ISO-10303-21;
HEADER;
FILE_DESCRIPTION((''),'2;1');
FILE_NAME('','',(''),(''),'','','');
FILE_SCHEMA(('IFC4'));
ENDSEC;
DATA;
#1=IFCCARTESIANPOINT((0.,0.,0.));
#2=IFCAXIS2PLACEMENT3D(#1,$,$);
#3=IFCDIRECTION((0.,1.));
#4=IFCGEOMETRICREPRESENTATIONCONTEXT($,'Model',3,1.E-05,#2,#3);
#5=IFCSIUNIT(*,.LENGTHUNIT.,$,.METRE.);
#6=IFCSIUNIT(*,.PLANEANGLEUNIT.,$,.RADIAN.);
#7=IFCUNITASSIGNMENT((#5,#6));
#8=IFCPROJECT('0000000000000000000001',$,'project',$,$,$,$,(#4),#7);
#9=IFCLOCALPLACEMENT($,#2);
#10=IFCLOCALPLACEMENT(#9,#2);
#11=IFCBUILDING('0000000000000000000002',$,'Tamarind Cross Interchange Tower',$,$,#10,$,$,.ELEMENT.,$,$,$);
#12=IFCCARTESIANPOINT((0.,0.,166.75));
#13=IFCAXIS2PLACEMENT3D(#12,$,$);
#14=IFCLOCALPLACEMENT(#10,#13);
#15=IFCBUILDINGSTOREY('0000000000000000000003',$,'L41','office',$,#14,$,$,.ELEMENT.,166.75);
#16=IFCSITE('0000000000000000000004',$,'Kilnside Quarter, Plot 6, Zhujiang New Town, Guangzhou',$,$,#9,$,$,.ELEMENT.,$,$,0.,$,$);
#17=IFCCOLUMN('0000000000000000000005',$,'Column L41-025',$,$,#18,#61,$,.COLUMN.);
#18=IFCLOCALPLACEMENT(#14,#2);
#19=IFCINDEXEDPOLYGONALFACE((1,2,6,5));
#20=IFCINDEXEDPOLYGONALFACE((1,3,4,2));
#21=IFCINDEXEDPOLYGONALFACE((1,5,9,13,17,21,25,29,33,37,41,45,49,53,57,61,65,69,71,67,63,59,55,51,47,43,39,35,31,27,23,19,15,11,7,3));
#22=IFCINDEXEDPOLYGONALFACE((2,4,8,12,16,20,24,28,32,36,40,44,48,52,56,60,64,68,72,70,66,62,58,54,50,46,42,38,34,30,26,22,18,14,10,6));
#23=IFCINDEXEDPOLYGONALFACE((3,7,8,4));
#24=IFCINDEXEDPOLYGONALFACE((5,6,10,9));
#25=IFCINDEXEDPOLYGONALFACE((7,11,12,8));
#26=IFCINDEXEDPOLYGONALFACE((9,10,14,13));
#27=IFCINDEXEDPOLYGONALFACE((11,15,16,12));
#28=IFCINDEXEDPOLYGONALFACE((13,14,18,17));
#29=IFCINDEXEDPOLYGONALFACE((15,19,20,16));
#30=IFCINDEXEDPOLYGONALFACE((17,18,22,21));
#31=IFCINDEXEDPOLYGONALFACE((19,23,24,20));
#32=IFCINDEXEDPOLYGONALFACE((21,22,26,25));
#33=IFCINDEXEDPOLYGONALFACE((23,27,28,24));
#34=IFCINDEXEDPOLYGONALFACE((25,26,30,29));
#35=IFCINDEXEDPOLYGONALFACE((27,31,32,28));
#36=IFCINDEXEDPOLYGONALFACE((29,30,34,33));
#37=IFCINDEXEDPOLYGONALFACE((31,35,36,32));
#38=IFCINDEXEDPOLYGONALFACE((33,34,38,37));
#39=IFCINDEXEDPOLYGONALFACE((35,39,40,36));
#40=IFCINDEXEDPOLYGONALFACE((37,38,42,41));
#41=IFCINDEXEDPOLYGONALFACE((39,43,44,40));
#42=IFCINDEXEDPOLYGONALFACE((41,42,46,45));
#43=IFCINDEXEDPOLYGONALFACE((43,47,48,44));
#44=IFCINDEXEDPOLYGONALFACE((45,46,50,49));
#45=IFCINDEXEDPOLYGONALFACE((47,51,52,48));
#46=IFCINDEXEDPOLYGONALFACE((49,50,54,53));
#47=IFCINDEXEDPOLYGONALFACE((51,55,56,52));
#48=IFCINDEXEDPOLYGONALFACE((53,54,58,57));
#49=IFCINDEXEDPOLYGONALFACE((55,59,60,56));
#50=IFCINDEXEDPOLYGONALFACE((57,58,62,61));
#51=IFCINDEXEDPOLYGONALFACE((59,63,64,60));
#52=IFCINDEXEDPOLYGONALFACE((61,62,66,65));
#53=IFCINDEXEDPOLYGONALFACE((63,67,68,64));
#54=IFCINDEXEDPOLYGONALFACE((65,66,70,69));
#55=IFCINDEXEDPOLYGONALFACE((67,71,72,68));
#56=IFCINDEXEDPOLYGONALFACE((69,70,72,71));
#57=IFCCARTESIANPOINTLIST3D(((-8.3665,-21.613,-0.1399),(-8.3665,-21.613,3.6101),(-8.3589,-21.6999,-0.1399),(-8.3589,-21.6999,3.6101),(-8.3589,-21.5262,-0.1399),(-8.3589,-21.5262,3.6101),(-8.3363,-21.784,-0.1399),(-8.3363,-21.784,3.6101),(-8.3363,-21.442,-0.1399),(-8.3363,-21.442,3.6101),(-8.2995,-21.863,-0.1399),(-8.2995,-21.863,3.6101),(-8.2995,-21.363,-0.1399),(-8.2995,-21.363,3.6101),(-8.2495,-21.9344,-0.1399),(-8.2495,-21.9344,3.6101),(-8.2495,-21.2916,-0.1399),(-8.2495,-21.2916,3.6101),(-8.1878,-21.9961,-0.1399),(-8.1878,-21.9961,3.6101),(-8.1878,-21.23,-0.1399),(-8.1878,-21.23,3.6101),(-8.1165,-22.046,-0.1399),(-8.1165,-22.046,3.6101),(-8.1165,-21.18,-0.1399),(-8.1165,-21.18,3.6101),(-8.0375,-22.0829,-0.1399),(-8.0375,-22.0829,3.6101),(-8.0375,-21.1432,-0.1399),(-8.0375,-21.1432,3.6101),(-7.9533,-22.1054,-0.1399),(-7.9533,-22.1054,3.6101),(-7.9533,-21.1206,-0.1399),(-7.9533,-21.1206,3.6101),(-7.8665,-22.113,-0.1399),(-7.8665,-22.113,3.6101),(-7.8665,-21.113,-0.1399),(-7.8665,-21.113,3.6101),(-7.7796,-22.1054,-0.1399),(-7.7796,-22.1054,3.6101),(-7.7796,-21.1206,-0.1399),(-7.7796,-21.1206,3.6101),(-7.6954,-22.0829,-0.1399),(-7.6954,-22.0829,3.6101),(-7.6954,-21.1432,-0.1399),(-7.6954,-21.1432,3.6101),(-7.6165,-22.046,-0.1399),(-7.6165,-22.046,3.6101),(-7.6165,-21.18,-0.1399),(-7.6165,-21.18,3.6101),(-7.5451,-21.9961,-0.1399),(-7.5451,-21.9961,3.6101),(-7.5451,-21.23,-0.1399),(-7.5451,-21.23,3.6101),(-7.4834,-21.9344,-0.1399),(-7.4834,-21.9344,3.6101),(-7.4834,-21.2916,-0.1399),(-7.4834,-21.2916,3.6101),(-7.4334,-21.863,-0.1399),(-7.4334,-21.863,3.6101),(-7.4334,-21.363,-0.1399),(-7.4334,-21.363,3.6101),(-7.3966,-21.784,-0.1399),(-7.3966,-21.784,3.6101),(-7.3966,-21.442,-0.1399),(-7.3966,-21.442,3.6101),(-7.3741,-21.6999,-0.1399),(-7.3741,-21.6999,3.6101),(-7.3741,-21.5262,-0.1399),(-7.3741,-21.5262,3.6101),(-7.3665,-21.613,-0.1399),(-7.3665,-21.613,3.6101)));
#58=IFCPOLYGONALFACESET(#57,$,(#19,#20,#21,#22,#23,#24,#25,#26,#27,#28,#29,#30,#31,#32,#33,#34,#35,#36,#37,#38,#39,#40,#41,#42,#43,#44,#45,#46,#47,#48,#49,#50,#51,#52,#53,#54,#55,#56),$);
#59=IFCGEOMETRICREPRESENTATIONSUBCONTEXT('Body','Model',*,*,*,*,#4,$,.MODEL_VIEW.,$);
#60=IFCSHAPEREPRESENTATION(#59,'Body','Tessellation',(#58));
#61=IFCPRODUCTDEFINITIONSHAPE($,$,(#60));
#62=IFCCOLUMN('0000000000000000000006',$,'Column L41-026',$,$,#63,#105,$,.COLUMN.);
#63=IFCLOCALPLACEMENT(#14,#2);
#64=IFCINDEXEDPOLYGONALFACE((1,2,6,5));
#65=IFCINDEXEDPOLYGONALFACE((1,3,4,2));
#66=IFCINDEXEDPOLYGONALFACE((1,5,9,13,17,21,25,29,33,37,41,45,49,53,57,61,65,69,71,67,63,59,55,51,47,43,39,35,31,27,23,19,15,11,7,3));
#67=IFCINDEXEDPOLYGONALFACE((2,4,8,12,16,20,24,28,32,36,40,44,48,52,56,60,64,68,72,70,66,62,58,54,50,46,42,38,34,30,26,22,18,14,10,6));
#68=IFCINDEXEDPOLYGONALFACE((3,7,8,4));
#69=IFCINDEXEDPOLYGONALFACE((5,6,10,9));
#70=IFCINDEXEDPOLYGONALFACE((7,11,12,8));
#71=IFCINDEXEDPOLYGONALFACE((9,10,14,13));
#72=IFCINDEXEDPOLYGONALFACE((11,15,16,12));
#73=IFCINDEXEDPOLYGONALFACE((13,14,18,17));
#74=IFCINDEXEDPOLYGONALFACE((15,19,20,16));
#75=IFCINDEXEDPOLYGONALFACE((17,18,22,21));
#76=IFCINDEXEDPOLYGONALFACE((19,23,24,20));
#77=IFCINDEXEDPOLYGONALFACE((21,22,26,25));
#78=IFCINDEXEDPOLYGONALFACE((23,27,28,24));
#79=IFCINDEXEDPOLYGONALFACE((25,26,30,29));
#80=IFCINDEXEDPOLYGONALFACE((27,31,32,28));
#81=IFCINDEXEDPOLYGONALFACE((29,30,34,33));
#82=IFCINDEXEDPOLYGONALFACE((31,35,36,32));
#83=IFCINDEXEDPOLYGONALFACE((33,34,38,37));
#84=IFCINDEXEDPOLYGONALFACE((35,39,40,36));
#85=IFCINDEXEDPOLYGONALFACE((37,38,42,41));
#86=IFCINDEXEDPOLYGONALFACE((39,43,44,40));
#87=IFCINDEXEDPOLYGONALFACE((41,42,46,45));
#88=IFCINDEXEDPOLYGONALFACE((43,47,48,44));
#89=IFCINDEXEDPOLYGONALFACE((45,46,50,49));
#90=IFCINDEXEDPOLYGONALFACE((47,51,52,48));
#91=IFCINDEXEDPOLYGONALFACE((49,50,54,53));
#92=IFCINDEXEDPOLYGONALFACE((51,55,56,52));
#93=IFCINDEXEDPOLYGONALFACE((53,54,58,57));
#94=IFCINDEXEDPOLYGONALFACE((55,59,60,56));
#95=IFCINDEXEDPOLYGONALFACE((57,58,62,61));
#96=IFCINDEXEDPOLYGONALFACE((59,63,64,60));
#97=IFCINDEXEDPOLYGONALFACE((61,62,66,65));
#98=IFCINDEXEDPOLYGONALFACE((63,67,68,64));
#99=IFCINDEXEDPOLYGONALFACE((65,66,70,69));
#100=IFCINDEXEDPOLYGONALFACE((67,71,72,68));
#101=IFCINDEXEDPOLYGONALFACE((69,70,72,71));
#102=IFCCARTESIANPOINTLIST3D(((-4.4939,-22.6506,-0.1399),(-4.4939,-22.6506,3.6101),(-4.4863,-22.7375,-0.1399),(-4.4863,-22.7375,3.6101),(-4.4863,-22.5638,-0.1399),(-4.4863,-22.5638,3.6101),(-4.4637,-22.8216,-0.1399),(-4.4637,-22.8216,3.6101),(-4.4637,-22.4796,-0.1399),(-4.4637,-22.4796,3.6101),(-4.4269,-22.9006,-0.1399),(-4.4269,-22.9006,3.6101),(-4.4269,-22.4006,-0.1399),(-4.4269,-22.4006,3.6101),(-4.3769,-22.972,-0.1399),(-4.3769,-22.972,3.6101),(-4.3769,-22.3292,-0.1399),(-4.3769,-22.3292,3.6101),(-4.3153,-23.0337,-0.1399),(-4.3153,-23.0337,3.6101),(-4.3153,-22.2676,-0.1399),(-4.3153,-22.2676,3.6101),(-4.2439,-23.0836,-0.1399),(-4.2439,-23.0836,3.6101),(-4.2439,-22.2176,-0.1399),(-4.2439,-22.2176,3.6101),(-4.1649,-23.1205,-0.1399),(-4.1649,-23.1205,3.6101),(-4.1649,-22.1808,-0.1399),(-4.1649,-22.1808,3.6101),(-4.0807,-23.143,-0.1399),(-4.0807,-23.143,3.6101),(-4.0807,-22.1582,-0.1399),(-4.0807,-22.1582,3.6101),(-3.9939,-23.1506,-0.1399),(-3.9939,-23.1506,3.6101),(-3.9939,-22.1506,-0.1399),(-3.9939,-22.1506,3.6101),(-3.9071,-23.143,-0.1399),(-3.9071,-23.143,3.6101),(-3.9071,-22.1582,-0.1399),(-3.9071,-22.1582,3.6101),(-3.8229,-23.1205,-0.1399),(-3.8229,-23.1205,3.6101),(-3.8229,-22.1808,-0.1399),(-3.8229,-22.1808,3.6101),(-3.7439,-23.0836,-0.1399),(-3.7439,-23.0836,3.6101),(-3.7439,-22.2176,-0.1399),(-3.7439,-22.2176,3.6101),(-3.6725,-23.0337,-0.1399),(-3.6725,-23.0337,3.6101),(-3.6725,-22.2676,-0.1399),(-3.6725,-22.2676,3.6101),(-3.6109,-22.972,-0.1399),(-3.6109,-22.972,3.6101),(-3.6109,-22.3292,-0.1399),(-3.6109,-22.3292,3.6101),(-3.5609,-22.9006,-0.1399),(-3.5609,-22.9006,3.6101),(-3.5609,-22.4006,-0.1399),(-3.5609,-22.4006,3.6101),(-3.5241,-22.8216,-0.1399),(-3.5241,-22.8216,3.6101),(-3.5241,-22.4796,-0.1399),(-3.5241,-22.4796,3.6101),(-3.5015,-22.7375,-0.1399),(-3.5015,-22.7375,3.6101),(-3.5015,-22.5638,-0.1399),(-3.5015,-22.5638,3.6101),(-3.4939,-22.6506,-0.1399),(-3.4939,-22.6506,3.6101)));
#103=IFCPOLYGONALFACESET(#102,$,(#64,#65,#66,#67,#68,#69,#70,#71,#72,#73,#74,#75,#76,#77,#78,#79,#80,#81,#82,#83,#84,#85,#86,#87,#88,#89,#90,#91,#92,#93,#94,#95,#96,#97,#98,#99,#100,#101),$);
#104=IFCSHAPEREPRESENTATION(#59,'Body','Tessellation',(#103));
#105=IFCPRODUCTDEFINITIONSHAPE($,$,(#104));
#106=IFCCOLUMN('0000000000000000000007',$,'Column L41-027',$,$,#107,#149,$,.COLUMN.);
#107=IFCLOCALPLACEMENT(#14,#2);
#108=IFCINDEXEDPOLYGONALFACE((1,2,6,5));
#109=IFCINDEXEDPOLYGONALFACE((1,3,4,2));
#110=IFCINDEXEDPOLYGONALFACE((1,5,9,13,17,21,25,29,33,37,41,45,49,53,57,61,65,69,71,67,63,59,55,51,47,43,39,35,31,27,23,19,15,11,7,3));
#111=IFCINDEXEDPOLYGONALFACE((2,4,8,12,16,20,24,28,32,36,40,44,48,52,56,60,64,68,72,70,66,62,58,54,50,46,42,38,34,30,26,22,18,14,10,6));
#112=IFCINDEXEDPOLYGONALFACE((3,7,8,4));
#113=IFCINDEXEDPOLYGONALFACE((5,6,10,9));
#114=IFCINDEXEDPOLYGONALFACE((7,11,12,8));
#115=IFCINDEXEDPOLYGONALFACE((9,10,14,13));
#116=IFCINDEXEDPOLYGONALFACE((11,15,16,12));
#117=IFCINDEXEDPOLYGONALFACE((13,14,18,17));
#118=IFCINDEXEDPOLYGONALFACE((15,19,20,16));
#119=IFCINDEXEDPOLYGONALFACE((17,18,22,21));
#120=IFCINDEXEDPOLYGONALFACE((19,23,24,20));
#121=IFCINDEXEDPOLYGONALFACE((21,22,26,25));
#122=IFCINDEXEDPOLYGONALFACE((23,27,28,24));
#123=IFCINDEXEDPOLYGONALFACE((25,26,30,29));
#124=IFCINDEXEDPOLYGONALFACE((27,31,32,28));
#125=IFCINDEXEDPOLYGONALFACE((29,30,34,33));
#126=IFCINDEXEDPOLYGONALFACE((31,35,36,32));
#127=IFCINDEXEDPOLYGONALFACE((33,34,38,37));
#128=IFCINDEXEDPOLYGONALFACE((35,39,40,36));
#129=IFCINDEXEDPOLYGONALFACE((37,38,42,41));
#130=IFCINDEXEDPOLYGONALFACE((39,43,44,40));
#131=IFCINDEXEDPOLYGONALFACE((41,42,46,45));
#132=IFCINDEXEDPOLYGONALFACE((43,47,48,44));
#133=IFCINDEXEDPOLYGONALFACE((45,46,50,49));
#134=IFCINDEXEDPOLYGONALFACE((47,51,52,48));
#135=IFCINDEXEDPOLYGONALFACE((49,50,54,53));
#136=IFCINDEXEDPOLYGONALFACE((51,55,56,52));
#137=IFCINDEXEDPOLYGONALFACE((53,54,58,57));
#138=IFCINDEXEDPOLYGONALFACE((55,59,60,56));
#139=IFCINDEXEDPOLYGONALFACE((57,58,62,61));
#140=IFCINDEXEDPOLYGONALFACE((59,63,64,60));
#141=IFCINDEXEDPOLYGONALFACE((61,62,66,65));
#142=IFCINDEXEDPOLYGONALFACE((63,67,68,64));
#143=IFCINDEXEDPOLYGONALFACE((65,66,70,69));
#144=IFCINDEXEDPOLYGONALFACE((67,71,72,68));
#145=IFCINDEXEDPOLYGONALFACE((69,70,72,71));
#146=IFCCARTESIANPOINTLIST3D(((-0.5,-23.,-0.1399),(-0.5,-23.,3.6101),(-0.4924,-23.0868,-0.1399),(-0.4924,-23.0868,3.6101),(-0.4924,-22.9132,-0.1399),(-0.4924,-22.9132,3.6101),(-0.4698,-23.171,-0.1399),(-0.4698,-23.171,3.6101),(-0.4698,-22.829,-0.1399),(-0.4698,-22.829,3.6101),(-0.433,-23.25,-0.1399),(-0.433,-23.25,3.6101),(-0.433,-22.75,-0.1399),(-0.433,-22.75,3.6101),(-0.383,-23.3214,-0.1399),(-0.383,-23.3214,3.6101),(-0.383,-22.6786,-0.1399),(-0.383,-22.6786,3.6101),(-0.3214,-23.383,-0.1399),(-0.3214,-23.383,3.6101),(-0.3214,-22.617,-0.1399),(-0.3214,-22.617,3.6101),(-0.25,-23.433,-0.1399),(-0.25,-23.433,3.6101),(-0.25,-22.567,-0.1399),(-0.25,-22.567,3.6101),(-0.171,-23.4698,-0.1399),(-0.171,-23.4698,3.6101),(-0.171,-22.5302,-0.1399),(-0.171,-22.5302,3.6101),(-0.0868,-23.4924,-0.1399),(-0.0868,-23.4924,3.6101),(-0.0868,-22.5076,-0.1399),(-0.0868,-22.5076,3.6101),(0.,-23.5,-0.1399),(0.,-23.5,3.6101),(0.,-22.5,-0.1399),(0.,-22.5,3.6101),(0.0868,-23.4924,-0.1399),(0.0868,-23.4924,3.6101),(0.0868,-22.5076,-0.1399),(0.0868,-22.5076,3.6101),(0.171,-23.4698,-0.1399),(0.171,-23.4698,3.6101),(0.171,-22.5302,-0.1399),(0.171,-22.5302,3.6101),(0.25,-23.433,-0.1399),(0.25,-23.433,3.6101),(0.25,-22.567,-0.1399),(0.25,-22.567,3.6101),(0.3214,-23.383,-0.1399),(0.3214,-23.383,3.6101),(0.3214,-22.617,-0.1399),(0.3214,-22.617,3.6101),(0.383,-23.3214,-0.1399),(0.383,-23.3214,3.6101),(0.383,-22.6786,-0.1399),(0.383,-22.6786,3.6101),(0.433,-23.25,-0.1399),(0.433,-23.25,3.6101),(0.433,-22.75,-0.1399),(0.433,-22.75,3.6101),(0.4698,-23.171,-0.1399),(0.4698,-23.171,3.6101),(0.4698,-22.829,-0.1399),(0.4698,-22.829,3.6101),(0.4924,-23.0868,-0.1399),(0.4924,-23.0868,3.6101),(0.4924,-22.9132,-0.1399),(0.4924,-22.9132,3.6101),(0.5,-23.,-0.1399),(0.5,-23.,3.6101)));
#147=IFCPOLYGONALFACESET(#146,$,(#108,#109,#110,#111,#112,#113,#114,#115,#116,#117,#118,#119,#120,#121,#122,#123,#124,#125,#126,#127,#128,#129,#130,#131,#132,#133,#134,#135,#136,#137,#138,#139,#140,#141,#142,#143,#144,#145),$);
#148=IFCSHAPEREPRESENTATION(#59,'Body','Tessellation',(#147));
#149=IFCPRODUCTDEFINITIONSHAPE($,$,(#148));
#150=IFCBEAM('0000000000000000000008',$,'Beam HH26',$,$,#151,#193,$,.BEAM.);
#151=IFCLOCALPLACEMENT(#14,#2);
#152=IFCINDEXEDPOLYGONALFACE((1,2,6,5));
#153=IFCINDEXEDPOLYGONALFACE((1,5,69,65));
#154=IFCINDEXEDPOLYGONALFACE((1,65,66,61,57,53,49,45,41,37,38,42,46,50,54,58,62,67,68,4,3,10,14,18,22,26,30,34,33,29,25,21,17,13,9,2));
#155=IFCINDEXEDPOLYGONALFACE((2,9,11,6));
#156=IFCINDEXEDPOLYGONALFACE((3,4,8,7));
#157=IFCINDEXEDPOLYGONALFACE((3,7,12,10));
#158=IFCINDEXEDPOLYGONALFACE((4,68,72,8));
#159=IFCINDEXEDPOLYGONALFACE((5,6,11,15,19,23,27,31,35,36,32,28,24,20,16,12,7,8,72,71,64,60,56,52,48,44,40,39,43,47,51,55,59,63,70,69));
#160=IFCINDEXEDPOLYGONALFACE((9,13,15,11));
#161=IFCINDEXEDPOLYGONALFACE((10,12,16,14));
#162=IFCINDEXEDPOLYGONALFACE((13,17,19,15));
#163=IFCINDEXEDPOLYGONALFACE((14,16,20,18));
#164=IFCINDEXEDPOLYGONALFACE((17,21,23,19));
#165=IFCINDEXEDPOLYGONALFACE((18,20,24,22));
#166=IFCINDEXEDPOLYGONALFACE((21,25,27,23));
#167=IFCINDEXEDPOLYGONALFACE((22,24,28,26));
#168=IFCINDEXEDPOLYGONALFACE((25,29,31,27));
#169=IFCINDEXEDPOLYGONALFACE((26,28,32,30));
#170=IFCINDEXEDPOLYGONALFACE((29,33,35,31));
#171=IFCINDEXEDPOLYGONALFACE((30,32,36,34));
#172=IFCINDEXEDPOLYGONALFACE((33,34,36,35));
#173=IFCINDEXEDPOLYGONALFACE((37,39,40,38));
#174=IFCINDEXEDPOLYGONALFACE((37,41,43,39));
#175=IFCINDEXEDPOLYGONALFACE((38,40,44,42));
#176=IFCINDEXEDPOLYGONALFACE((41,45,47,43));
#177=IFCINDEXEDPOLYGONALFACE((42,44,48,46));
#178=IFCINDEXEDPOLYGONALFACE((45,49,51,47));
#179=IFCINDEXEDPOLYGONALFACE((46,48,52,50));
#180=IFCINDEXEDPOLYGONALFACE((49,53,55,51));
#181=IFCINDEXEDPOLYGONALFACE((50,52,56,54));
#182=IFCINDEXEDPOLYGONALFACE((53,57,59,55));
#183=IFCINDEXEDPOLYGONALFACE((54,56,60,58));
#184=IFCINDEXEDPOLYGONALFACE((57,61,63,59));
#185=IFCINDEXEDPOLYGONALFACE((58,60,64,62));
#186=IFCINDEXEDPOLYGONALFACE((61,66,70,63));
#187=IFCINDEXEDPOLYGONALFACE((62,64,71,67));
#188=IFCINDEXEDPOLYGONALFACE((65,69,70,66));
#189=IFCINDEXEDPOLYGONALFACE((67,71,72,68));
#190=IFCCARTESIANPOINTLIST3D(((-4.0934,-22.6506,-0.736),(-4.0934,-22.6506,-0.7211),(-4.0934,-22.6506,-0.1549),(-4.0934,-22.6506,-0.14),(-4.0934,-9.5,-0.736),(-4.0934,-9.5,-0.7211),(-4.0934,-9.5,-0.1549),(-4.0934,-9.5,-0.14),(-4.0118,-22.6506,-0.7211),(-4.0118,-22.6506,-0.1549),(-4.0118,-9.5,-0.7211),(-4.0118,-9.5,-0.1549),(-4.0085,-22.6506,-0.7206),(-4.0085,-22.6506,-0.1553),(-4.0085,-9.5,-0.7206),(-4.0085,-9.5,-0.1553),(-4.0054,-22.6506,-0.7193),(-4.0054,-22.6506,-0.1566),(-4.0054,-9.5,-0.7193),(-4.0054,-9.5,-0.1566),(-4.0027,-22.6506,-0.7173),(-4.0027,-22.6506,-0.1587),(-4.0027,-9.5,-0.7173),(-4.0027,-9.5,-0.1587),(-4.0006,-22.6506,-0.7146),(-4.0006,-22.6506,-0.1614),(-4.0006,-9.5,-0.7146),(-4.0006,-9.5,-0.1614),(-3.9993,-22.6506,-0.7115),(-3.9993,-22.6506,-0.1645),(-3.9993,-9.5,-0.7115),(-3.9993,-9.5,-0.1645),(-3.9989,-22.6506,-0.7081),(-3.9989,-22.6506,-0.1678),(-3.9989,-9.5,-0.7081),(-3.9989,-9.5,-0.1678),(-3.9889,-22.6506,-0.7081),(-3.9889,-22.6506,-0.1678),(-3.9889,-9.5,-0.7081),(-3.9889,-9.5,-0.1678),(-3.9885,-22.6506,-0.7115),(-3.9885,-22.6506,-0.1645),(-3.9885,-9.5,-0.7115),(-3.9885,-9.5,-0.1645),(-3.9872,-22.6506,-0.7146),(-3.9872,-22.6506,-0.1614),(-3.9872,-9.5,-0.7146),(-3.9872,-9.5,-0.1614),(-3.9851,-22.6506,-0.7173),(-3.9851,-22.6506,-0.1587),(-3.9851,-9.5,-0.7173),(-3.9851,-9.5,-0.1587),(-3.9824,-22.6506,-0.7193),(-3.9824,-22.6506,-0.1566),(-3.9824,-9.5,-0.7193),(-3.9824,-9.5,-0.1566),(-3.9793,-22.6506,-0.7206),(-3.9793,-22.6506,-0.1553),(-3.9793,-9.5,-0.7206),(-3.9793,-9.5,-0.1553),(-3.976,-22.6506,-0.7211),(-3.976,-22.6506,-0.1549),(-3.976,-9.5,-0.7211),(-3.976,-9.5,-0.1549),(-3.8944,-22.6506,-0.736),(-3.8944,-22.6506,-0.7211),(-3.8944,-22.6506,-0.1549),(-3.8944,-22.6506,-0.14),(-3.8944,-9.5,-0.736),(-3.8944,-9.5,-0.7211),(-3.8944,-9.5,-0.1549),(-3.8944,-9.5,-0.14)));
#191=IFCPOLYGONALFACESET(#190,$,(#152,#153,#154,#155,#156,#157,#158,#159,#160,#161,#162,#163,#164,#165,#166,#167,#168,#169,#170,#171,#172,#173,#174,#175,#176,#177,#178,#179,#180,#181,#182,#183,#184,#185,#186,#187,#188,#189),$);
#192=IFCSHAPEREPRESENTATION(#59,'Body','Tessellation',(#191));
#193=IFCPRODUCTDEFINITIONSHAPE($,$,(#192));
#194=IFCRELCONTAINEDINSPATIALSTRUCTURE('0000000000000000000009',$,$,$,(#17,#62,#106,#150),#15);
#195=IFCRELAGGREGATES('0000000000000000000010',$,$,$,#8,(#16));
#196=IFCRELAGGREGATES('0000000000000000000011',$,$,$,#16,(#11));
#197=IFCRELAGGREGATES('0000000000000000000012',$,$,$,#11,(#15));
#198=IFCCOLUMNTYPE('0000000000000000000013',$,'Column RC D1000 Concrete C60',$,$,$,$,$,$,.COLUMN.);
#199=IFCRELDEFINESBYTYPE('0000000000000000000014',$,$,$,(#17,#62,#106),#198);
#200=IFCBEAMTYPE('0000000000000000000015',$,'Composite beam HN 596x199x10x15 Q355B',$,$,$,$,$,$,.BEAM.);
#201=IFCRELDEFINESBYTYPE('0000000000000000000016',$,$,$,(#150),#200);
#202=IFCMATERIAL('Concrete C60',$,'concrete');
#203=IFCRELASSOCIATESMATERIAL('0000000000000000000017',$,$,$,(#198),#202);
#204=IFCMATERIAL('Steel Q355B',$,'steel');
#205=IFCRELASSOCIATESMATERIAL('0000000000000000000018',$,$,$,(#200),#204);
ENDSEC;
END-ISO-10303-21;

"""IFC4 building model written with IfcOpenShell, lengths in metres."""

from ifc_helpers import new_model, si_unit, direction, frame, origin, origin_2d, place, context, subcontext, project, spatial, circle, i_section, extrude, material, material_profile, profile_set, type_object, element, save


model = new_model("IFC4")

# Units and contexts
model_context = context("Model", 3, precision=1e-05, world=origin(), true_north=direction((0.0, 1.0)))
body_context = subcontext(model_context, "Body", "Model", "MODEL_VIEW")
ifc_project = project(units=[si_unit("LENGTHUNIT", "METRE"), si_unit("PLANEANGLEUNIT", "RADIAN")], contexts=[model_context])

# Site, building, storey
site_placement = place(None, origin())
site = spatial("IfcSite", under=ifc_project, at=site_placement, Name="Kilnside Quarter, Plot 6, Zhujiang New Town, Guangzhou", CompositionType="ELEMENT", RefElevation=0.0)
building_placement = place(site_placement, origin())
building = spatial("IfcBuilding", under=site, at=building_placement, Name="Tamarind Cross Interchange Tower", CompositionType="ELEMENT")
storey_placement = place(building_placement, frame((0.0, 0.0, 166.75)))
storey = spatial("IfcBuildingStorey", under=building, at=storey_placement, Name="L41", Description="office", CompositionType="ELEMENT", Elevation=166.75)

# Columns
ifc_material_1 = material(Name="Concrete C60", Category="concrete")
ifc_material_profile_1 = material_profile(ifc_material_1, circle(Radius=0.5, at=origin_2d()), Name="RC D1000")
ifc_profile_set_1 = profile_set([ifc_material_profile_1], Name="Concrete C60")
column_type = type_object("IfcColumnType", Name="Column RC D1000 Concrete C60", PredefinedType="COLUMN", material=ifc_profile_set_1)
for number, where, z_axis, x_axis, name in (
    (1, (-7.8665, -21.613, -0.1399), (0.0, 0.0, 1.0), (1.0, 0.0, 0.0), "Column L41-025"),
    (2, (-3.9939, -22.6506, -0.1399), (0.0, 0.0, 1.0), (1.0, 0.0, 0.0), "Column L41-026"),
    (3, (0.0, -23.0, -0.1399), (0.0, 0.0, 1.0), (1.0, 0.0, 0.0), "Column L41-027"),
):
    element("IfcColumn", number, at=place(storey_placement, frame(where, z_axis=z_axis, x_axis=x_axis)), inside=storey, type_object=column_type, Name=name, PredefinedType="COLUMN", context=body_context, shape_type="SweptSolid", body=[
        extrude(circle(Radius=0.5, at=origin_2d()), origin(), (0.0, 0.0, 1.0), 3.75),
    ])

# Beam
ifc_material_2 = material(Name="Steel Q355B", Category="steel")
ifc_material_profile_2 = material_profile(ifc_material_2, i_section(OverallWidth=0.199, OverallDepth=0.5959, WebThickness=0.01, FlangeThickness=0.0149, FilletRadius=0.0129, at=origin_2d()), Name="HN 596x199x10x15")
ifc_profile_set_2 = profile_set([ifc_material_profile_2], Name="Steel Q355B")
beam_type = type_object("IfcBeamType", Name="Composite beam HN 596x199x10x15 Q355B", PredefinedType="BEAM", material=ifc_profile_set_2)
beam_1_placement = place(storey_placement, frame((-3.9939, -22.6506, -0.438), z_axis=(0.0, 1.0, 0.0), x_axis=(-1.0, 0.0, 0.0)))
element("IfcBeam", 4, at=beam_1_placement, inside=storey, type_object=beam_type, Name="Beam HH26", PredefinedType="BEAM", context=body_context, shape_type="SweptSolid", body=[
    extrude(i_section(OverallWidth=0.199, OverallDepth=0.5959, WebThickness=0.01, FlangeThickness=0.0149, FilletRadius=0.0129, at=origin_2d()), origin(), (0.0, 0.0, 1.0), 13.1506),
])

save(model, "model.ifc")
